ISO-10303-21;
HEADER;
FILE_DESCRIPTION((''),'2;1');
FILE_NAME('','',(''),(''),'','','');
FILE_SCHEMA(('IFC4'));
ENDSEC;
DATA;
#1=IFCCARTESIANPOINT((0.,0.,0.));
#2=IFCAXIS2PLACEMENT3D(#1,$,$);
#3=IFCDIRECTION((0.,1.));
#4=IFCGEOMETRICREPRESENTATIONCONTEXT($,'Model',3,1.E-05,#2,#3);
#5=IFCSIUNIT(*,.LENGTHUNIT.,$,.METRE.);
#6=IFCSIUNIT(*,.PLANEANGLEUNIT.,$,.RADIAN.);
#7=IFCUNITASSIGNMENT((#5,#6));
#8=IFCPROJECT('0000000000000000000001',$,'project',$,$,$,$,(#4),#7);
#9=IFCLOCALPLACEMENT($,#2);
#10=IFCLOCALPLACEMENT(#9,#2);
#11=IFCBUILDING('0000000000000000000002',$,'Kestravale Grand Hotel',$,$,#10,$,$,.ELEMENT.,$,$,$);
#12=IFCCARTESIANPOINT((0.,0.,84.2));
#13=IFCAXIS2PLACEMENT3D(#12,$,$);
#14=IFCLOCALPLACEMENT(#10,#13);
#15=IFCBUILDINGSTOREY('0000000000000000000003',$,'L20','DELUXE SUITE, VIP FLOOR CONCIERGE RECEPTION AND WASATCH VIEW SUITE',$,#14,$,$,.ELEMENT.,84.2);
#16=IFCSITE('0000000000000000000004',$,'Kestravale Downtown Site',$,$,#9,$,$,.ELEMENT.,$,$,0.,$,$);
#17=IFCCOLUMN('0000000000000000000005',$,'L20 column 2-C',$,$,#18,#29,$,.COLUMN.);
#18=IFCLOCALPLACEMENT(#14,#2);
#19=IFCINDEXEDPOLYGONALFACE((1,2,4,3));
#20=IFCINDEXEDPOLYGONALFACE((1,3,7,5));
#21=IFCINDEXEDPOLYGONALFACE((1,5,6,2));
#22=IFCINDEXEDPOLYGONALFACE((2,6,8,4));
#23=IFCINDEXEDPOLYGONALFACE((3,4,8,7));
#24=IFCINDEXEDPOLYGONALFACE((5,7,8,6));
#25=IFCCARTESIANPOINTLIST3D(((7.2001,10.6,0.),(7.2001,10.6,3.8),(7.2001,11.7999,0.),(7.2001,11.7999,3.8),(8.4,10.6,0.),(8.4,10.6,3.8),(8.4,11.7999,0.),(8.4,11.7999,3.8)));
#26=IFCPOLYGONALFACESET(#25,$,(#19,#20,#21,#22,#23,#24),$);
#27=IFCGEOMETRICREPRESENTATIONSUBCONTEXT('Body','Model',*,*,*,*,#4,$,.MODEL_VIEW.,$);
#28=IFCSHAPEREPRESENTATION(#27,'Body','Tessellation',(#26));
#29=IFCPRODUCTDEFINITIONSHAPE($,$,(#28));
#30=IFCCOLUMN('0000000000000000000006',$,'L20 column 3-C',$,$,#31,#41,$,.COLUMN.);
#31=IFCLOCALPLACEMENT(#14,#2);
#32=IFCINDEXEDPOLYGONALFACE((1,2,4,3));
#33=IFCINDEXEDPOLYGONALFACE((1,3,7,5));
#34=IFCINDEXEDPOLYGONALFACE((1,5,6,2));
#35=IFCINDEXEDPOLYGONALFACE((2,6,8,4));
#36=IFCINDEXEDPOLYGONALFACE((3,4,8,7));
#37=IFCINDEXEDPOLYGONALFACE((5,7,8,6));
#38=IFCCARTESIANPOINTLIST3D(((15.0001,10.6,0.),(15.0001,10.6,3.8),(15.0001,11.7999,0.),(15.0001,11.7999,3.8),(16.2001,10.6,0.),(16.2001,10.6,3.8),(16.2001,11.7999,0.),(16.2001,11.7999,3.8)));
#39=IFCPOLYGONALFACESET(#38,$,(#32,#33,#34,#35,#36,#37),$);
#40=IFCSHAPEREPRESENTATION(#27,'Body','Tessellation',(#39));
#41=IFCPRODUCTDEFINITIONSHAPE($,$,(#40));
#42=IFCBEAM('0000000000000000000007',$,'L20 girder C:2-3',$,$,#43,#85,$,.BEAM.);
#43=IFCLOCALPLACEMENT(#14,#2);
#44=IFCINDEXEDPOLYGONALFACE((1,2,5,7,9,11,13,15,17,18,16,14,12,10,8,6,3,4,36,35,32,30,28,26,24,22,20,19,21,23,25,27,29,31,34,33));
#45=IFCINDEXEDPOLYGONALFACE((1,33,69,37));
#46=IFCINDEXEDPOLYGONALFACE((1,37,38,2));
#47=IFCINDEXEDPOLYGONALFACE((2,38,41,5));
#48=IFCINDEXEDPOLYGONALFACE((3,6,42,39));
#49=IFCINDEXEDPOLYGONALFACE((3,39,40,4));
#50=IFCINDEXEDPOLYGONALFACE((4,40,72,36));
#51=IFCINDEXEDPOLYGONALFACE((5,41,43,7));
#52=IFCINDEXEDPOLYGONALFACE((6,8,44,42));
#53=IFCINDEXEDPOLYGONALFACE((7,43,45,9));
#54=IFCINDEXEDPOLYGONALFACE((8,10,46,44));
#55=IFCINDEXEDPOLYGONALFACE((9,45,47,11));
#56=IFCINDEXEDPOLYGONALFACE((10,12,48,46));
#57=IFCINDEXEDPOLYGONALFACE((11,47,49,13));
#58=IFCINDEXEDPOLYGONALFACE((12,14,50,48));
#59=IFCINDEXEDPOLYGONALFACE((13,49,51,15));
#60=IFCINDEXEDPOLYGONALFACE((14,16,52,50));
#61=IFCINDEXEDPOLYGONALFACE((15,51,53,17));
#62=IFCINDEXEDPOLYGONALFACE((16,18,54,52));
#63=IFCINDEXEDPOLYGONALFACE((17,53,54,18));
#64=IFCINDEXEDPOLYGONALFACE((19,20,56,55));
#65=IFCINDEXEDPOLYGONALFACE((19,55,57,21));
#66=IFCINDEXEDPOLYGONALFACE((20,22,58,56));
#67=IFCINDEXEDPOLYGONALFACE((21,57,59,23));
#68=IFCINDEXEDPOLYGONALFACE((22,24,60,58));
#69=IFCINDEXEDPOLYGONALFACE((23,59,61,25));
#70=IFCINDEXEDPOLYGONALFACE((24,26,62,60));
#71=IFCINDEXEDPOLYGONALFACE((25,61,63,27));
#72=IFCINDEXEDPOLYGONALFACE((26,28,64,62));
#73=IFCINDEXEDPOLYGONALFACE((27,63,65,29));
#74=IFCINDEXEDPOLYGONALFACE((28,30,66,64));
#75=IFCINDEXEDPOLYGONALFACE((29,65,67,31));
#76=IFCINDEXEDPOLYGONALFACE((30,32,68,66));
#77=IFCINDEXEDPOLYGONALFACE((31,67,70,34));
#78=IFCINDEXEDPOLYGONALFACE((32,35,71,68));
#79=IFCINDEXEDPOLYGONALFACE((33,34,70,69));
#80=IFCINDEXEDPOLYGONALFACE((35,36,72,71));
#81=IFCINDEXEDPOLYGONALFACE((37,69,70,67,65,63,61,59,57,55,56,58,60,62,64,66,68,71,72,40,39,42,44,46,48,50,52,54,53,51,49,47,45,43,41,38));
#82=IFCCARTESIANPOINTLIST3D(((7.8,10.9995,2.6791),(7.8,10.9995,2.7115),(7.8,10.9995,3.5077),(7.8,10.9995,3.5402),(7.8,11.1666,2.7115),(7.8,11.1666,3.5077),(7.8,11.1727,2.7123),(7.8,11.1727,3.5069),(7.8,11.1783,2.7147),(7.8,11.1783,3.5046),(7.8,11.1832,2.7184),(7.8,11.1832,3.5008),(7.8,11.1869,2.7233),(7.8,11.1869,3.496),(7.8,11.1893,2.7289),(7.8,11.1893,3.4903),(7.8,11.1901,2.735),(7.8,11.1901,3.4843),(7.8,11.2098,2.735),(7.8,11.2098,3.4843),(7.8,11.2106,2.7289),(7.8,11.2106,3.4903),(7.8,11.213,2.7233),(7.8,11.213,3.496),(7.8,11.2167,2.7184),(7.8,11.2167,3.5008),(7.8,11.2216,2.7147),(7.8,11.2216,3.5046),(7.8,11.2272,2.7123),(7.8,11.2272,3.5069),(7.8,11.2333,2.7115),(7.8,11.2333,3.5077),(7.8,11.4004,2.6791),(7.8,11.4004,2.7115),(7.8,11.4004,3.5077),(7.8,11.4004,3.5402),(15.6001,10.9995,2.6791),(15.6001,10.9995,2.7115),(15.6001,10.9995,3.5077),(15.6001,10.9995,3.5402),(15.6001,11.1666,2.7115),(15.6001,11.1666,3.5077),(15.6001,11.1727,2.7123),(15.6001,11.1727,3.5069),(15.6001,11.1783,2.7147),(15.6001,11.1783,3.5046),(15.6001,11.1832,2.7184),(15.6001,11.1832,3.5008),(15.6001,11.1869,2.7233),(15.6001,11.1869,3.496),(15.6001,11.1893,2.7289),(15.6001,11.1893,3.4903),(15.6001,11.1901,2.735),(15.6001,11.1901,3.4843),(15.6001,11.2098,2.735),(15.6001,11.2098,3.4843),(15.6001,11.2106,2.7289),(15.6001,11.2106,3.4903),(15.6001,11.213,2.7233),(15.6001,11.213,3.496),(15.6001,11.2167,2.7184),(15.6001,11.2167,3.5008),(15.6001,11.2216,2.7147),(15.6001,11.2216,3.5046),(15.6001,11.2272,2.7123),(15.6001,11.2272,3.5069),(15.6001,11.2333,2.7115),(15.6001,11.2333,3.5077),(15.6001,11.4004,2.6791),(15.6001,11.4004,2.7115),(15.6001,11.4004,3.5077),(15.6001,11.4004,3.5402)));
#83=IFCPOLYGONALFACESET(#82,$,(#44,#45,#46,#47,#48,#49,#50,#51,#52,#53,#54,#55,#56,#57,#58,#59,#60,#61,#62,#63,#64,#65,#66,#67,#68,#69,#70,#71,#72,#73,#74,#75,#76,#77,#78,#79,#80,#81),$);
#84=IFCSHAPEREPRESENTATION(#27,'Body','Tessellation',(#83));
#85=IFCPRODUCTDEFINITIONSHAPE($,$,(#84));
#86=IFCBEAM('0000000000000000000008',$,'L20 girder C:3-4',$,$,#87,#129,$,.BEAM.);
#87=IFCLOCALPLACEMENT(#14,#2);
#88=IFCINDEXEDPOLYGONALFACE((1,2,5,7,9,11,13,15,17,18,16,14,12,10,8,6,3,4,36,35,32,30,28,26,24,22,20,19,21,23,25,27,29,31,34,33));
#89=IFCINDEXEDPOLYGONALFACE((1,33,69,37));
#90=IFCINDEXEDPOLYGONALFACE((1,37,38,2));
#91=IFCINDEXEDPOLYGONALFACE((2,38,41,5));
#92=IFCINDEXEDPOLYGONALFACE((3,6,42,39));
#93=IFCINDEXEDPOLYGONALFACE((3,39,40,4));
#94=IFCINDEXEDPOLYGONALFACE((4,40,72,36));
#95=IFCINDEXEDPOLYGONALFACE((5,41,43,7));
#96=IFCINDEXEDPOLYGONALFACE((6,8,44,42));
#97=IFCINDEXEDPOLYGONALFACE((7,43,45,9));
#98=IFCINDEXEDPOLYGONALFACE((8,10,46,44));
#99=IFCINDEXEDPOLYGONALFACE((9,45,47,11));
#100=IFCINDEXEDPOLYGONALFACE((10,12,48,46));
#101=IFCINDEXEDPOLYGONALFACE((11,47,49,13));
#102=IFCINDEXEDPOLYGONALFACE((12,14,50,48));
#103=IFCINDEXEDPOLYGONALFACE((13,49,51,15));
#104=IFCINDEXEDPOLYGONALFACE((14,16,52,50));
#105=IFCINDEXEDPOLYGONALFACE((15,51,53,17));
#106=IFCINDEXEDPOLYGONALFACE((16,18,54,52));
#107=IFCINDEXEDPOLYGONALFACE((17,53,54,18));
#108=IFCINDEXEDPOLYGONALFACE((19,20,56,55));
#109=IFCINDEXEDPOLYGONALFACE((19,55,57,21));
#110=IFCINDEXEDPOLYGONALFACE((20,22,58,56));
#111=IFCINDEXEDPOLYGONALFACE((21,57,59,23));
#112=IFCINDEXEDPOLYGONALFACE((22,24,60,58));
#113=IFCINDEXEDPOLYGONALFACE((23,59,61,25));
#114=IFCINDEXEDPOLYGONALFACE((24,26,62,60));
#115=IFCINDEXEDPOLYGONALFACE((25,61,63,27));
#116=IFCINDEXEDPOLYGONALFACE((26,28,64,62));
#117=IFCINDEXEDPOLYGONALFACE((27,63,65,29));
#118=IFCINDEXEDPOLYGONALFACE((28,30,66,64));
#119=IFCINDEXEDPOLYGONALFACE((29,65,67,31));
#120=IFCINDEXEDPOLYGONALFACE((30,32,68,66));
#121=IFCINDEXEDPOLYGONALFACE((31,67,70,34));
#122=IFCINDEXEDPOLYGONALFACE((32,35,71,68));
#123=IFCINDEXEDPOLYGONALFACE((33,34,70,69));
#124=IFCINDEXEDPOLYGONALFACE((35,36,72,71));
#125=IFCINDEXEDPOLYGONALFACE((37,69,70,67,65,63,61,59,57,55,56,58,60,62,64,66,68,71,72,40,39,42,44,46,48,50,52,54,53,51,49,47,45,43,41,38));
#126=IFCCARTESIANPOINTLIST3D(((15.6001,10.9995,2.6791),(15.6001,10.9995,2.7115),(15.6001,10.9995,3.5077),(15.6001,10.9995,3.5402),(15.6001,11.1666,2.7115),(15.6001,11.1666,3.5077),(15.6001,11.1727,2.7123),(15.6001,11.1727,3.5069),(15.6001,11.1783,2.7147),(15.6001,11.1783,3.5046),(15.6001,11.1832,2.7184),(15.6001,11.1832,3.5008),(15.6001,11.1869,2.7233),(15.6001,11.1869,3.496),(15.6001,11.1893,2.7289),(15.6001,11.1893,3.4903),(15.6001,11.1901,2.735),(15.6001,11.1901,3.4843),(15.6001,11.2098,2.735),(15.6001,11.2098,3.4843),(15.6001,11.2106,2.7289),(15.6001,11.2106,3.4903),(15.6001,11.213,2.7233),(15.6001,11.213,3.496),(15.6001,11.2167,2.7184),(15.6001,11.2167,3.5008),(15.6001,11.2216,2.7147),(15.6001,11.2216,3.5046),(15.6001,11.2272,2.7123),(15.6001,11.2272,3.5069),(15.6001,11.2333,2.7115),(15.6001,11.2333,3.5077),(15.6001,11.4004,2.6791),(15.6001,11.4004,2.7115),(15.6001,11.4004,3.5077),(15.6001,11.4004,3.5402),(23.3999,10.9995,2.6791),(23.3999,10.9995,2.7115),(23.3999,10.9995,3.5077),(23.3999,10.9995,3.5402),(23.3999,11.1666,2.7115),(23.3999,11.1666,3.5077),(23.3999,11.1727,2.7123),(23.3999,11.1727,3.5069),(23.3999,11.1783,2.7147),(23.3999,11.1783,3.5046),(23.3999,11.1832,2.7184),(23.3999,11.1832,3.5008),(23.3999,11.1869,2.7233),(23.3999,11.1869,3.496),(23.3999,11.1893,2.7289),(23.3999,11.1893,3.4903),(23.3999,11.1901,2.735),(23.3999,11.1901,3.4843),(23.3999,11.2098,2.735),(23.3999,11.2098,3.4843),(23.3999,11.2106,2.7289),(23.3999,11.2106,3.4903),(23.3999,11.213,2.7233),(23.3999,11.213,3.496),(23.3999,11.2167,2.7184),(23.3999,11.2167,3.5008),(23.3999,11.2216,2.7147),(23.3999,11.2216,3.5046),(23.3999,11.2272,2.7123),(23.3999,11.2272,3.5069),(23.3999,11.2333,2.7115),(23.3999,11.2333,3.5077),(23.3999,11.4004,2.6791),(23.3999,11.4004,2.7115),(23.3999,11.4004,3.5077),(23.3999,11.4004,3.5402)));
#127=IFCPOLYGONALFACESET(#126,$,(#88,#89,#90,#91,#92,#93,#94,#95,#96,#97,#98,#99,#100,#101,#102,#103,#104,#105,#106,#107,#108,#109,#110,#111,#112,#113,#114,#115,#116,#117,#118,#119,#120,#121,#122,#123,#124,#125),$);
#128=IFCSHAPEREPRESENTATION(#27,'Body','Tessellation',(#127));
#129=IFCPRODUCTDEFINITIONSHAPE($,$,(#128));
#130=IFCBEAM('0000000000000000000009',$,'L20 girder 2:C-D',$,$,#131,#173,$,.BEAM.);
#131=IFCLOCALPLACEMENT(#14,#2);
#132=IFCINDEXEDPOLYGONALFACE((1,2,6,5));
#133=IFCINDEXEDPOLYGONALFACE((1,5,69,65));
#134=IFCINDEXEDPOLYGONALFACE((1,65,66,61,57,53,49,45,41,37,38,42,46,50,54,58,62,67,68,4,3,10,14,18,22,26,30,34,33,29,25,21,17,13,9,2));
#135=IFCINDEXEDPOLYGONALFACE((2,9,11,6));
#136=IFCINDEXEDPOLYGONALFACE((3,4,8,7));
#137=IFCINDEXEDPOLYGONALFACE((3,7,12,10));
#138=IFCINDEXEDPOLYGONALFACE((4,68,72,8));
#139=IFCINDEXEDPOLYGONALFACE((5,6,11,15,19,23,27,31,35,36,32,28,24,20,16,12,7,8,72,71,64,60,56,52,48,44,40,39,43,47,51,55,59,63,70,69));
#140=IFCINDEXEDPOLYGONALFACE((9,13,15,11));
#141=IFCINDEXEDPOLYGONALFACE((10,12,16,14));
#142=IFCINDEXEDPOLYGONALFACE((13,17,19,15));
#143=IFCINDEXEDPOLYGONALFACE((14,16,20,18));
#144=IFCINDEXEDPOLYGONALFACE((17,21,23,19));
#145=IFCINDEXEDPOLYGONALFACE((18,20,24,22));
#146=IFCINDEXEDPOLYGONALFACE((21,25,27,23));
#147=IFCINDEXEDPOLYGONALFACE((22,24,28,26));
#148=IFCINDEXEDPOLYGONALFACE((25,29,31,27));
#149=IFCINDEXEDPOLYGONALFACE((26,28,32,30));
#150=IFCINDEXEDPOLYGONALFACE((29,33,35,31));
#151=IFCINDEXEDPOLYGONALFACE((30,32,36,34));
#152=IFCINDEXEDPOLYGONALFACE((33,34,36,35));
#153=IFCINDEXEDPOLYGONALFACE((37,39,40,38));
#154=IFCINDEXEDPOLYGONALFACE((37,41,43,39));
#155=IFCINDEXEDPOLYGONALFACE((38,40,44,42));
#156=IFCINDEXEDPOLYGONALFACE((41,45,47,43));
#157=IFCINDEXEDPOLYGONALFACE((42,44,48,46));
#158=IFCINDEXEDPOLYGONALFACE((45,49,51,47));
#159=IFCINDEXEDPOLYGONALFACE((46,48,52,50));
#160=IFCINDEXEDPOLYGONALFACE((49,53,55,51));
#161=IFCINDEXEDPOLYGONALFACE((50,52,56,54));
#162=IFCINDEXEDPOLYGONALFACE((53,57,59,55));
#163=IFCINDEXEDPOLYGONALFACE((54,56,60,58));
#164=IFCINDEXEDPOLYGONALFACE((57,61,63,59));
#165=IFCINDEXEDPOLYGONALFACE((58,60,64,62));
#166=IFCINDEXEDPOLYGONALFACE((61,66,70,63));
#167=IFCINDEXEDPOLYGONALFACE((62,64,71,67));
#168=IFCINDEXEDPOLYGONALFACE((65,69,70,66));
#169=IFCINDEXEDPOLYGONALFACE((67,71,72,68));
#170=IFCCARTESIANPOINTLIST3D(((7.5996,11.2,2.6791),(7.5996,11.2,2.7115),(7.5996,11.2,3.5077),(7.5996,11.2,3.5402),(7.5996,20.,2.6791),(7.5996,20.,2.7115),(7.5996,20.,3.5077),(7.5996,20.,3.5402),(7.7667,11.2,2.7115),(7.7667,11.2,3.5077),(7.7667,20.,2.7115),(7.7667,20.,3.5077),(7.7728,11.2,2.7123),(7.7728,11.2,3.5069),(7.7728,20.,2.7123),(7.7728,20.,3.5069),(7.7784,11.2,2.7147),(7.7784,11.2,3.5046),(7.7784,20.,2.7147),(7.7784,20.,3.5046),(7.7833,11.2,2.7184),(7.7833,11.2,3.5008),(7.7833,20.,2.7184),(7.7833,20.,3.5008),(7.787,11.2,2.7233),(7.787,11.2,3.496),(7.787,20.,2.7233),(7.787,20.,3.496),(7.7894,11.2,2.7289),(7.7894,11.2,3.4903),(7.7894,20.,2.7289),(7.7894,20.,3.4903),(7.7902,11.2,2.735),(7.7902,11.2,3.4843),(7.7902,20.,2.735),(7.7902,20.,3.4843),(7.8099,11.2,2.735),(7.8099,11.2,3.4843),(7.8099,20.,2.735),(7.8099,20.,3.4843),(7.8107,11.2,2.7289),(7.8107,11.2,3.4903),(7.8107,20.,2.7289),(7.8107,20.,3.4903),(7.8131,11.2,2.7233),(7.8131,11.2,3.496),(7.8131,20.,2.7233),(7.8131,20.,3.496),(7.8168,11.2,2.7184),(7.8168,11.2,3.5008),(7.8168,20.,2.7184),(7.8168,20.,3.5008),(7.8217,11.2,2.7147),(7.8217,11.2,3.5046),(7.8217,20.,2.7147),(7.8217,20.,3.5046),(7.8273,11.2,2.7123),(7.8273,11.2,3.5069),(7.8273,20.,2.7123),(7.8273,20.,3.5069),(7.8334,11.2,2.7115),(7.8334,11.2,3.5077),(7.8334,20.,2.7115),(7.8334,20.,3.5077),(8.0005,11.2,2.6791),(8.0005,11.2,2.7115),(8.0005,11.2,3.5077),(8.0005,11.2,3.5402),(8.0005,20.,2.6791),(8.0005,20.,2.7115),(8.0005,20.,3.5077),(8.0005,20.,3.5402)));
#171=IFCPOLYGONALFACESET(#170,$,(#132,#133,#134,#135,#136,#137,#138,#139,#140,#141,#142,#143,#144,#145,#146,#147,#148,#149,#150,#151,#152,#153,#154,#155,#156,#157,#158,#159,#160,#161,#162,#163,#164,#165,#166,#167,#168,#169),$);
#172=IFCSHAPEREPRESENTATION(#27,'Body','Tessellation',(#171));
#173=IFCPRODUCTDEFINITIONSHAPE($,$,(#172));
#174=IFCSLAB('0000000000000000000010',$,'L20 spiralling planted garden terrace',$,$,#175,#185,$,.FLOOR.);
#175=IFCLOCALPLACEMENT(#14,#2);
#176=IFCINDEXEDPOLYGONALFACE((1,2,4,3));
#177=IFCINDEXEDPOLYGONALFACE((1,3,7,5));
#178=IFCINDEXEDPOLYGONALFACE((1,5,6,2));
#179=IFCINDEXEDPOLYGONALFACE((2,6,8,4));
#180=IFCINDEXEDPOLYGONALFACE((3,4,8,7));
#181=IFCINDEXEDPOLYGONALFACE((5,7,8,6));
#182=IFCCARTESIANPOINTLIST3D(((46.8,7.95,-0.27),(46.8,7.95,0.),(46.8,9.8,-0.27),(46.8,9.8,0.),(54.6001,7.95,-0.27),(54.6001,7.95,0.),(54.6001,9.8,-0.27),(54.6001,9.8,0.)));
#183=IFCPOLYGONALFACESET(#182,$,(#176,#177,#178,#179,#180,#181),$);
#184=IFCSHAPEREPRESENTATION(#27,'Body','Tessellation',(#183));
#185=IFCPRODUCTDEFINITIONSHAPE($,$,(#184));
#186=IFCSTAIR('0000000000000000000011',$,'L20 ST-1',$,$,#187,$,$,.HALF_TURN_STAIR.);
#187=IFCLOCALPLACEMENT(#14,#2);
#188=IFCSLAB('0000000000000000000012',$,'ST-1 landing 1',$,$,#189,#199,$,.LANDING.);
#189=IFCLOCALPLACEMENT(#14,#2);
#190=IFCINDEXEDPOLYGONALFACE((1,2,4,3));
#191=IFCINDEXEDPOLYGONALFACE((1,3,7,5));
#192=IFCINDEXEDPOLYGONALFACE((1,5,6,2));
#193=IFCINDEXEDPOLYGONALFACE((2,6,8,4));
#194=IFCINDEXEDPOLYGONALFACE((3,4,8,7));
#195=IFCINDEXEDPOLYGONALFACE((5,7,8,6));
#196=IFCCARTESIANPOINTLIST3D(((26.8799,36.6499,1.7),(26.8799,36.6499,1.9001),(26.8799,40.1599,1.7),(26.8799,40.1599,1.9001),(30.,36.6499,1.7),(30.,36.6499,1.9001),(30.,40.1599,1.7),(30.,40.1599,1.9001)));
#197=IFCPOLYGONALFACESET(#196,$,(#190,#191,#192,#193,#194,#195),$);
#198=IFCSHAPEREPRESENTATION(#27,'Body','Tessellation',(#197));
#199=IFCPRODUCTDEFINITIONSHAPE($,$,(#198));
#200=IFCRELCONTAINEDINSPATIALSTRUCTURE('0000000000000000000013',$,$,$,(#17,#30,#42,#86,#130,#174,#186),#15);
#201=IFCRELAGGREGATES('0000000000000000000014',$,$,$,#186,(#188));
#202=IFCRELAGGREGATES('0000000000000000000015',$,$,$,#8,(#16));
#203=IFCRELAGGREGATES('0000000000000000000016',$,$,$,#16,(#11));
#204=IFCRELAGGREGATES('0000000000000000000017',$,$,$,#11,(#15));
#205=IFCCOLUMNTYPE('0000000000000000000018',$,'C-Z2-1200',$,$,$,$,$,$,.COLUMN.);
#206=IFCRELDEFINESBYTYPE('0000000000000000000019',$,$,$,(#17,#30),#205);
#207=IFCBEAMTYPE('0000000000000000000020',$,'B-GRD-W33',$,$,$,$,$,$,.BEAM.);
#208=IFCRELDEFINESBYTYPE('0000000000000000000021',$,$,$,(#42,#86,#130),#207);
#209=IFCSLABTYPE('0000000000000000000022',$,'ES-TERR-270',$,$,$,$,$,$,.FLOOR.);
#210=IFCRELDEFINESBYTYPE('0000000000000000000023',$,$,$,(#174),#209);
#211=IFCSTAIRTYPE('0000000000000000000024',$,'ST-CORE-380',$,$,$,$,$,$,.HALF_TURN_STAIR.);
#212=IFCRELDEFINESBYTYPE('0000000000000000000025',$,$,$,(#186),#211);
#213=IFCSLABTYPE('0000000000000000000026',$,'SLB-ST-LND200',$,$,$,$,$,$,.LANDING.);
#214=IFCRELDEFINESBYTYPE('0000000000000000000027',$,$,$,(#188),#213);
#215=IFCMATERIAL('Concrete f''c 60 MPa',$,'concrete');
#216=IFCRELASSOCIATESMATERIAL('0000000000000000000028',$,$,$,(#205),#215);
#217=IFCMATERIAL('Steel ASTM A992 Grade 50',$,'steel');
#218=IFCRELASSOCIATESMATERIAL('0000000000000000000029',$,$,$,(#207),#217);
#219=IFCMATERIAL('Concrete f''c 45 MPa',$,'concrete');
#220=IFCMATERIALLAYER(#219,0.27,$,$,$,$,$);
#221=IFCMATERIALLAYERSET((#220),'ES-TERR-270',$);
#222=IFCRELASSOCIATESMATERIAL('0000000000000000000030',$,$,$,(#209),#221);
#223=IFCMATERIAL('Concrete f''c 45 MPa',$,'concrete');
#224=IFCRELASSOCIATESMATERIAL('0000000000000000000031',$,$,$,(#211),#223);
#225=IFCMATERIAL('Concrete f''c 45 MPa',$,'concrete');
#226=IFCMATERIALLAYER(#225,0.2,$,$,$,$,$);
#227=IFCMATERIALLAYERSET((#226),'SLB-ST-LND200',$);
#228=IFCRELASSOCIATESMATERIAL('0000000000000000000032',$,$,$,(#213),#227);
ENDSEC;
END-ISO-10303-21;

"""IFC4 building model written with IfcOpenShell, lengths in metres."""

from ifc_helpers import new_model, si_unit, direction, frame, origin, origin_2d, place, context, subcontext, project, spatial, polyline, rectangle, i_section, outline, extrude, material, layer, layer_set, material_profile, profile_set, type_object, element, aggregate, save


model = new_model("IFC4")

# Units and contexts
model_context = context("Model", 3, precision=1e-05, world=origin(), true_north=direction((0.0, 1.0)))
body_context = subcontext(model_context, "Body", "Model", "MODEL_VIEW")
ifc_project = project(units=[si_unit("LENGTHUNIT", "METRE"), si_unit("PLANEANGLEUNIT", "RADIAN")], contexts=[model_context])

# Site, building, storey
site_placement = place(None, origin())
site = spatial("IfcSite", under=ifc_project, at=site_placement, Name="Kestravale Downtown Site", CompositionType="ELEMENT", RefElevation=0.0)
building_placement = place(site_placement, origin())
building = spatial("IfcBuilding", under=site, at=building_placement, Name="Kestravale Grand Hotel", CompositionType="ELEMENT")
storey_placement = place(building_placement, frame((0.0, 0.0, 84.2)))
storey = spatial("IfcBuildingStorey", under=building, at=storey_placement, Name="L20", Description="DELUXE SUITE, VIP FLOOR CONCIERGE RECEPTION AND WASATCH VIEW SUITE", CompositionType="ELEMENT", Elevation=84.2)

# Columns
ifc_material_1 = material(Name="Concrete f'c 60 MPa", Category="concrete")
ifc_material_profile_1 = material_profile(ifc_material_1, rectangle(XDim=1.2, YDim=1.2, at=origin_2d()))
ifc_profile_set_1 = profile_set([ifc_material_profile_1], Name="Concrete f'c 60 MPa")
column_type = type_object("IfcColumnType", Name="C-Z2-1200", PredefinedType="COLUMN", material=ifc_profile_set_1)
for number, where, z_axis, x_axis, name in (
    (1, (7.8, 11.2, 0.0), (0.0, 0.0, 1.0), (1.0, 0.0, 0.0), "L20 column 2-C"),
    (2, (15.6001, 11.2, 0.0), (0.0, 0.0, 1.0), (1.0, 0.0, 0.0), "L20 column 3-C"),
):
    element("IfcColumn", number, at=place(storey_placement, frame(where, z_axis=z_axis, x_axis=x_axis)), inside=storey, type_object=column_type, Name=name, PredefinedType="COLUMN", context=body_context, shape_type="SweptSolid", body=[
        extrude(rectangle(XDim=1.2, YDim=1.2, at=origin_2d()), origin(), (0.0, 0.0, 1.0), 3.8),
    ])

# Beams
ifc_material_2 = material(Name="Steel ASTM A992 Grade 50", Category="steel")
ifc_material_profile_2 = material_profile(ifc_material_2, i_section(OverallWidth=0.4009, OverallDepth=0.8611, WebThickness=0.0198, FlangeThickness=0.0325, FilletRadius=0.0234, at=origin_2d()))
ifc_profile_set_2 = profile_set([ifc_material_profile_2], Name="Steel ASTM A992 Grade 50")
beam_type = type_object("IfcBeamType", Name="B-GRD-W33", PredefinedType="BEAM", material=ifc_profile_set_2)
beam_1_placement = place(storey_placement, frame((7.8, 11.2, 3.1096), z_axis=(1.0, 0.0, 0.0), x_axis=(0.0, 1.0, 0.0)))
element("IfcBeam", 3, at=beam_1_placement, inside=storey, type_object=beam_type, Name="L20 girder C:2-3", PredefinedType="BEAM", context=body_context, shape_type="SweptSolid", body=[
    extrude(i_section(OverallWidth=0.4009, OverallDepth=0.8611, WebThickness=0.0198, FlangeThickness=0.0325, FilletRadius=0.0234, at=origin_2d()), origin(), (0.0, 0.0, 1.0), 7.8),
])
beam_2_placement = place(storey_placement, frame((15.6001, 11.2, 3.1096), z_axis=(1.0, 0.0, 0.0), x_axis=(0.0, 1.0, 0.0)))
element("IfcBeam", 4, at=beam_2_placement, inside=storey, type_object=beam_type, Name="L20 girder C:3-4", PredefinedType="BEAM", context=body_context, shape_type="SweptSolid", body=[
    extrude(i_section(OverallWidth=0.4009, OverallDepth=0.8611, WebThickness=0.0198, FlangeThickness=0.0325, FilletRadius=0.0234, at=origin_2d()), origin(), (0.0, 0.0, 1.0), 7.7998),
])
beam_3_placement = place(storey_placement, frame((7.8, 11.2, 3.1096), z_axis=(0.0, 1.0, 0.0), x_axis=(-1.0, 0.0, 0.0)))
element("IfcBeam", 5, at=beam_3_placement, inside=storey, type_object=beam_type, Name="L20 girder 2:C-D", PredefinedType="BEAM", context=body_context, shape_type="SweptSolid", body=[
    extrude(i_section(OverallWidth=0.4009, OverallDepth=0.8611, WebThickness=0.0198, FlangeThickness=0.0325, FilletRadius=0.0234, at=origin_2d()), origin(), (0.0, 0.0, 1.0), 8.8),
])

# Slab
ifc_material_3 = material(Name="Concrete f'c 45 MPa", Category="concrete")
ifc_layer_1 = layer(ifc_material_3, 0.27)
ifc_layer_set_1 = layer_set([ifc_layer_1], Name="ES-TERR-270")
slab_type_1 = type_object("IfcSlabType", Name="ES-TERR-270", PredefinedType="FLOOR", material=ifc_layer_set_1)
slab_1_placement = place(storey_placement, frame((0.0, 0.0, -0.27)))
element("IfcSlab", 6, at=slab_1_placement, inside=storey, type_object=slab_type_1, Name="L20 spiralling planted garden terrace", PredefinedType="FLOOR", context=body_context, shape_type="SweptSolid", body=[
    extrude(outline(polyline([(46.8, 7.95), (54.6001, 7.95), (54.6001, 9.8), (46.8, 9.8), (46.8, 7.95)])), origin(), (0.0, 0.0, 1.0), 0.27),
])

# Stair, slab
ifc_material_4 = material(Name="Concrete f'c 45 MPa", Category="concrete")
stair_type = type_object("IfcStairType", Name="ST-CORE-380", PredefinedType="HALF_TURN_STAIR", material=ifc_material_4)
stair_1_placement = place(storey_placement, origin())
stair_1 = element("IfcStair", 7, at=stair_1_placement, inside=storey, type_object=stair_type, Name="L20 ST-1", PredefinedType="HALF_TURN_STAIR")
ifc_material_5 = material(Name="Concrete f'c 45 MPa", Category="concrete")
ifc_layer_2 = layer(ifc_material_5, 0.2)
ifc_layer_set_2 = layer_set([ifc_layer_2], Name="SLB-ST-LND200")
slab_type_2 = type_object("IfcSlabType", Name="SLB-ST-LND200", PredefinedType="LANDING", material=ifc_layer_set_2)
slab_2_placement = place(storey_placement, frame((0.0, 0.0, 1.7)))
slab_2 = element("IfcSlab", 8, at=slab_2_placement, type_object=slab_type_2, Name="ST-1 landing 1", PredefinedType="LANDING", context=body_context, shape_type="SweptSolid", body=[
    extrude(outline(polyline([(26.8799, 36.6499), (30.0, 36.6499), (30.0, 40.1599), (26.8799, 40.1599), (26.8799, 36.6499)])), origin(), (0.0, 0.0, 1.0), 0.2002),
])
aggregate(stair_1, [slab_2])

save(model, "model.ifc")
